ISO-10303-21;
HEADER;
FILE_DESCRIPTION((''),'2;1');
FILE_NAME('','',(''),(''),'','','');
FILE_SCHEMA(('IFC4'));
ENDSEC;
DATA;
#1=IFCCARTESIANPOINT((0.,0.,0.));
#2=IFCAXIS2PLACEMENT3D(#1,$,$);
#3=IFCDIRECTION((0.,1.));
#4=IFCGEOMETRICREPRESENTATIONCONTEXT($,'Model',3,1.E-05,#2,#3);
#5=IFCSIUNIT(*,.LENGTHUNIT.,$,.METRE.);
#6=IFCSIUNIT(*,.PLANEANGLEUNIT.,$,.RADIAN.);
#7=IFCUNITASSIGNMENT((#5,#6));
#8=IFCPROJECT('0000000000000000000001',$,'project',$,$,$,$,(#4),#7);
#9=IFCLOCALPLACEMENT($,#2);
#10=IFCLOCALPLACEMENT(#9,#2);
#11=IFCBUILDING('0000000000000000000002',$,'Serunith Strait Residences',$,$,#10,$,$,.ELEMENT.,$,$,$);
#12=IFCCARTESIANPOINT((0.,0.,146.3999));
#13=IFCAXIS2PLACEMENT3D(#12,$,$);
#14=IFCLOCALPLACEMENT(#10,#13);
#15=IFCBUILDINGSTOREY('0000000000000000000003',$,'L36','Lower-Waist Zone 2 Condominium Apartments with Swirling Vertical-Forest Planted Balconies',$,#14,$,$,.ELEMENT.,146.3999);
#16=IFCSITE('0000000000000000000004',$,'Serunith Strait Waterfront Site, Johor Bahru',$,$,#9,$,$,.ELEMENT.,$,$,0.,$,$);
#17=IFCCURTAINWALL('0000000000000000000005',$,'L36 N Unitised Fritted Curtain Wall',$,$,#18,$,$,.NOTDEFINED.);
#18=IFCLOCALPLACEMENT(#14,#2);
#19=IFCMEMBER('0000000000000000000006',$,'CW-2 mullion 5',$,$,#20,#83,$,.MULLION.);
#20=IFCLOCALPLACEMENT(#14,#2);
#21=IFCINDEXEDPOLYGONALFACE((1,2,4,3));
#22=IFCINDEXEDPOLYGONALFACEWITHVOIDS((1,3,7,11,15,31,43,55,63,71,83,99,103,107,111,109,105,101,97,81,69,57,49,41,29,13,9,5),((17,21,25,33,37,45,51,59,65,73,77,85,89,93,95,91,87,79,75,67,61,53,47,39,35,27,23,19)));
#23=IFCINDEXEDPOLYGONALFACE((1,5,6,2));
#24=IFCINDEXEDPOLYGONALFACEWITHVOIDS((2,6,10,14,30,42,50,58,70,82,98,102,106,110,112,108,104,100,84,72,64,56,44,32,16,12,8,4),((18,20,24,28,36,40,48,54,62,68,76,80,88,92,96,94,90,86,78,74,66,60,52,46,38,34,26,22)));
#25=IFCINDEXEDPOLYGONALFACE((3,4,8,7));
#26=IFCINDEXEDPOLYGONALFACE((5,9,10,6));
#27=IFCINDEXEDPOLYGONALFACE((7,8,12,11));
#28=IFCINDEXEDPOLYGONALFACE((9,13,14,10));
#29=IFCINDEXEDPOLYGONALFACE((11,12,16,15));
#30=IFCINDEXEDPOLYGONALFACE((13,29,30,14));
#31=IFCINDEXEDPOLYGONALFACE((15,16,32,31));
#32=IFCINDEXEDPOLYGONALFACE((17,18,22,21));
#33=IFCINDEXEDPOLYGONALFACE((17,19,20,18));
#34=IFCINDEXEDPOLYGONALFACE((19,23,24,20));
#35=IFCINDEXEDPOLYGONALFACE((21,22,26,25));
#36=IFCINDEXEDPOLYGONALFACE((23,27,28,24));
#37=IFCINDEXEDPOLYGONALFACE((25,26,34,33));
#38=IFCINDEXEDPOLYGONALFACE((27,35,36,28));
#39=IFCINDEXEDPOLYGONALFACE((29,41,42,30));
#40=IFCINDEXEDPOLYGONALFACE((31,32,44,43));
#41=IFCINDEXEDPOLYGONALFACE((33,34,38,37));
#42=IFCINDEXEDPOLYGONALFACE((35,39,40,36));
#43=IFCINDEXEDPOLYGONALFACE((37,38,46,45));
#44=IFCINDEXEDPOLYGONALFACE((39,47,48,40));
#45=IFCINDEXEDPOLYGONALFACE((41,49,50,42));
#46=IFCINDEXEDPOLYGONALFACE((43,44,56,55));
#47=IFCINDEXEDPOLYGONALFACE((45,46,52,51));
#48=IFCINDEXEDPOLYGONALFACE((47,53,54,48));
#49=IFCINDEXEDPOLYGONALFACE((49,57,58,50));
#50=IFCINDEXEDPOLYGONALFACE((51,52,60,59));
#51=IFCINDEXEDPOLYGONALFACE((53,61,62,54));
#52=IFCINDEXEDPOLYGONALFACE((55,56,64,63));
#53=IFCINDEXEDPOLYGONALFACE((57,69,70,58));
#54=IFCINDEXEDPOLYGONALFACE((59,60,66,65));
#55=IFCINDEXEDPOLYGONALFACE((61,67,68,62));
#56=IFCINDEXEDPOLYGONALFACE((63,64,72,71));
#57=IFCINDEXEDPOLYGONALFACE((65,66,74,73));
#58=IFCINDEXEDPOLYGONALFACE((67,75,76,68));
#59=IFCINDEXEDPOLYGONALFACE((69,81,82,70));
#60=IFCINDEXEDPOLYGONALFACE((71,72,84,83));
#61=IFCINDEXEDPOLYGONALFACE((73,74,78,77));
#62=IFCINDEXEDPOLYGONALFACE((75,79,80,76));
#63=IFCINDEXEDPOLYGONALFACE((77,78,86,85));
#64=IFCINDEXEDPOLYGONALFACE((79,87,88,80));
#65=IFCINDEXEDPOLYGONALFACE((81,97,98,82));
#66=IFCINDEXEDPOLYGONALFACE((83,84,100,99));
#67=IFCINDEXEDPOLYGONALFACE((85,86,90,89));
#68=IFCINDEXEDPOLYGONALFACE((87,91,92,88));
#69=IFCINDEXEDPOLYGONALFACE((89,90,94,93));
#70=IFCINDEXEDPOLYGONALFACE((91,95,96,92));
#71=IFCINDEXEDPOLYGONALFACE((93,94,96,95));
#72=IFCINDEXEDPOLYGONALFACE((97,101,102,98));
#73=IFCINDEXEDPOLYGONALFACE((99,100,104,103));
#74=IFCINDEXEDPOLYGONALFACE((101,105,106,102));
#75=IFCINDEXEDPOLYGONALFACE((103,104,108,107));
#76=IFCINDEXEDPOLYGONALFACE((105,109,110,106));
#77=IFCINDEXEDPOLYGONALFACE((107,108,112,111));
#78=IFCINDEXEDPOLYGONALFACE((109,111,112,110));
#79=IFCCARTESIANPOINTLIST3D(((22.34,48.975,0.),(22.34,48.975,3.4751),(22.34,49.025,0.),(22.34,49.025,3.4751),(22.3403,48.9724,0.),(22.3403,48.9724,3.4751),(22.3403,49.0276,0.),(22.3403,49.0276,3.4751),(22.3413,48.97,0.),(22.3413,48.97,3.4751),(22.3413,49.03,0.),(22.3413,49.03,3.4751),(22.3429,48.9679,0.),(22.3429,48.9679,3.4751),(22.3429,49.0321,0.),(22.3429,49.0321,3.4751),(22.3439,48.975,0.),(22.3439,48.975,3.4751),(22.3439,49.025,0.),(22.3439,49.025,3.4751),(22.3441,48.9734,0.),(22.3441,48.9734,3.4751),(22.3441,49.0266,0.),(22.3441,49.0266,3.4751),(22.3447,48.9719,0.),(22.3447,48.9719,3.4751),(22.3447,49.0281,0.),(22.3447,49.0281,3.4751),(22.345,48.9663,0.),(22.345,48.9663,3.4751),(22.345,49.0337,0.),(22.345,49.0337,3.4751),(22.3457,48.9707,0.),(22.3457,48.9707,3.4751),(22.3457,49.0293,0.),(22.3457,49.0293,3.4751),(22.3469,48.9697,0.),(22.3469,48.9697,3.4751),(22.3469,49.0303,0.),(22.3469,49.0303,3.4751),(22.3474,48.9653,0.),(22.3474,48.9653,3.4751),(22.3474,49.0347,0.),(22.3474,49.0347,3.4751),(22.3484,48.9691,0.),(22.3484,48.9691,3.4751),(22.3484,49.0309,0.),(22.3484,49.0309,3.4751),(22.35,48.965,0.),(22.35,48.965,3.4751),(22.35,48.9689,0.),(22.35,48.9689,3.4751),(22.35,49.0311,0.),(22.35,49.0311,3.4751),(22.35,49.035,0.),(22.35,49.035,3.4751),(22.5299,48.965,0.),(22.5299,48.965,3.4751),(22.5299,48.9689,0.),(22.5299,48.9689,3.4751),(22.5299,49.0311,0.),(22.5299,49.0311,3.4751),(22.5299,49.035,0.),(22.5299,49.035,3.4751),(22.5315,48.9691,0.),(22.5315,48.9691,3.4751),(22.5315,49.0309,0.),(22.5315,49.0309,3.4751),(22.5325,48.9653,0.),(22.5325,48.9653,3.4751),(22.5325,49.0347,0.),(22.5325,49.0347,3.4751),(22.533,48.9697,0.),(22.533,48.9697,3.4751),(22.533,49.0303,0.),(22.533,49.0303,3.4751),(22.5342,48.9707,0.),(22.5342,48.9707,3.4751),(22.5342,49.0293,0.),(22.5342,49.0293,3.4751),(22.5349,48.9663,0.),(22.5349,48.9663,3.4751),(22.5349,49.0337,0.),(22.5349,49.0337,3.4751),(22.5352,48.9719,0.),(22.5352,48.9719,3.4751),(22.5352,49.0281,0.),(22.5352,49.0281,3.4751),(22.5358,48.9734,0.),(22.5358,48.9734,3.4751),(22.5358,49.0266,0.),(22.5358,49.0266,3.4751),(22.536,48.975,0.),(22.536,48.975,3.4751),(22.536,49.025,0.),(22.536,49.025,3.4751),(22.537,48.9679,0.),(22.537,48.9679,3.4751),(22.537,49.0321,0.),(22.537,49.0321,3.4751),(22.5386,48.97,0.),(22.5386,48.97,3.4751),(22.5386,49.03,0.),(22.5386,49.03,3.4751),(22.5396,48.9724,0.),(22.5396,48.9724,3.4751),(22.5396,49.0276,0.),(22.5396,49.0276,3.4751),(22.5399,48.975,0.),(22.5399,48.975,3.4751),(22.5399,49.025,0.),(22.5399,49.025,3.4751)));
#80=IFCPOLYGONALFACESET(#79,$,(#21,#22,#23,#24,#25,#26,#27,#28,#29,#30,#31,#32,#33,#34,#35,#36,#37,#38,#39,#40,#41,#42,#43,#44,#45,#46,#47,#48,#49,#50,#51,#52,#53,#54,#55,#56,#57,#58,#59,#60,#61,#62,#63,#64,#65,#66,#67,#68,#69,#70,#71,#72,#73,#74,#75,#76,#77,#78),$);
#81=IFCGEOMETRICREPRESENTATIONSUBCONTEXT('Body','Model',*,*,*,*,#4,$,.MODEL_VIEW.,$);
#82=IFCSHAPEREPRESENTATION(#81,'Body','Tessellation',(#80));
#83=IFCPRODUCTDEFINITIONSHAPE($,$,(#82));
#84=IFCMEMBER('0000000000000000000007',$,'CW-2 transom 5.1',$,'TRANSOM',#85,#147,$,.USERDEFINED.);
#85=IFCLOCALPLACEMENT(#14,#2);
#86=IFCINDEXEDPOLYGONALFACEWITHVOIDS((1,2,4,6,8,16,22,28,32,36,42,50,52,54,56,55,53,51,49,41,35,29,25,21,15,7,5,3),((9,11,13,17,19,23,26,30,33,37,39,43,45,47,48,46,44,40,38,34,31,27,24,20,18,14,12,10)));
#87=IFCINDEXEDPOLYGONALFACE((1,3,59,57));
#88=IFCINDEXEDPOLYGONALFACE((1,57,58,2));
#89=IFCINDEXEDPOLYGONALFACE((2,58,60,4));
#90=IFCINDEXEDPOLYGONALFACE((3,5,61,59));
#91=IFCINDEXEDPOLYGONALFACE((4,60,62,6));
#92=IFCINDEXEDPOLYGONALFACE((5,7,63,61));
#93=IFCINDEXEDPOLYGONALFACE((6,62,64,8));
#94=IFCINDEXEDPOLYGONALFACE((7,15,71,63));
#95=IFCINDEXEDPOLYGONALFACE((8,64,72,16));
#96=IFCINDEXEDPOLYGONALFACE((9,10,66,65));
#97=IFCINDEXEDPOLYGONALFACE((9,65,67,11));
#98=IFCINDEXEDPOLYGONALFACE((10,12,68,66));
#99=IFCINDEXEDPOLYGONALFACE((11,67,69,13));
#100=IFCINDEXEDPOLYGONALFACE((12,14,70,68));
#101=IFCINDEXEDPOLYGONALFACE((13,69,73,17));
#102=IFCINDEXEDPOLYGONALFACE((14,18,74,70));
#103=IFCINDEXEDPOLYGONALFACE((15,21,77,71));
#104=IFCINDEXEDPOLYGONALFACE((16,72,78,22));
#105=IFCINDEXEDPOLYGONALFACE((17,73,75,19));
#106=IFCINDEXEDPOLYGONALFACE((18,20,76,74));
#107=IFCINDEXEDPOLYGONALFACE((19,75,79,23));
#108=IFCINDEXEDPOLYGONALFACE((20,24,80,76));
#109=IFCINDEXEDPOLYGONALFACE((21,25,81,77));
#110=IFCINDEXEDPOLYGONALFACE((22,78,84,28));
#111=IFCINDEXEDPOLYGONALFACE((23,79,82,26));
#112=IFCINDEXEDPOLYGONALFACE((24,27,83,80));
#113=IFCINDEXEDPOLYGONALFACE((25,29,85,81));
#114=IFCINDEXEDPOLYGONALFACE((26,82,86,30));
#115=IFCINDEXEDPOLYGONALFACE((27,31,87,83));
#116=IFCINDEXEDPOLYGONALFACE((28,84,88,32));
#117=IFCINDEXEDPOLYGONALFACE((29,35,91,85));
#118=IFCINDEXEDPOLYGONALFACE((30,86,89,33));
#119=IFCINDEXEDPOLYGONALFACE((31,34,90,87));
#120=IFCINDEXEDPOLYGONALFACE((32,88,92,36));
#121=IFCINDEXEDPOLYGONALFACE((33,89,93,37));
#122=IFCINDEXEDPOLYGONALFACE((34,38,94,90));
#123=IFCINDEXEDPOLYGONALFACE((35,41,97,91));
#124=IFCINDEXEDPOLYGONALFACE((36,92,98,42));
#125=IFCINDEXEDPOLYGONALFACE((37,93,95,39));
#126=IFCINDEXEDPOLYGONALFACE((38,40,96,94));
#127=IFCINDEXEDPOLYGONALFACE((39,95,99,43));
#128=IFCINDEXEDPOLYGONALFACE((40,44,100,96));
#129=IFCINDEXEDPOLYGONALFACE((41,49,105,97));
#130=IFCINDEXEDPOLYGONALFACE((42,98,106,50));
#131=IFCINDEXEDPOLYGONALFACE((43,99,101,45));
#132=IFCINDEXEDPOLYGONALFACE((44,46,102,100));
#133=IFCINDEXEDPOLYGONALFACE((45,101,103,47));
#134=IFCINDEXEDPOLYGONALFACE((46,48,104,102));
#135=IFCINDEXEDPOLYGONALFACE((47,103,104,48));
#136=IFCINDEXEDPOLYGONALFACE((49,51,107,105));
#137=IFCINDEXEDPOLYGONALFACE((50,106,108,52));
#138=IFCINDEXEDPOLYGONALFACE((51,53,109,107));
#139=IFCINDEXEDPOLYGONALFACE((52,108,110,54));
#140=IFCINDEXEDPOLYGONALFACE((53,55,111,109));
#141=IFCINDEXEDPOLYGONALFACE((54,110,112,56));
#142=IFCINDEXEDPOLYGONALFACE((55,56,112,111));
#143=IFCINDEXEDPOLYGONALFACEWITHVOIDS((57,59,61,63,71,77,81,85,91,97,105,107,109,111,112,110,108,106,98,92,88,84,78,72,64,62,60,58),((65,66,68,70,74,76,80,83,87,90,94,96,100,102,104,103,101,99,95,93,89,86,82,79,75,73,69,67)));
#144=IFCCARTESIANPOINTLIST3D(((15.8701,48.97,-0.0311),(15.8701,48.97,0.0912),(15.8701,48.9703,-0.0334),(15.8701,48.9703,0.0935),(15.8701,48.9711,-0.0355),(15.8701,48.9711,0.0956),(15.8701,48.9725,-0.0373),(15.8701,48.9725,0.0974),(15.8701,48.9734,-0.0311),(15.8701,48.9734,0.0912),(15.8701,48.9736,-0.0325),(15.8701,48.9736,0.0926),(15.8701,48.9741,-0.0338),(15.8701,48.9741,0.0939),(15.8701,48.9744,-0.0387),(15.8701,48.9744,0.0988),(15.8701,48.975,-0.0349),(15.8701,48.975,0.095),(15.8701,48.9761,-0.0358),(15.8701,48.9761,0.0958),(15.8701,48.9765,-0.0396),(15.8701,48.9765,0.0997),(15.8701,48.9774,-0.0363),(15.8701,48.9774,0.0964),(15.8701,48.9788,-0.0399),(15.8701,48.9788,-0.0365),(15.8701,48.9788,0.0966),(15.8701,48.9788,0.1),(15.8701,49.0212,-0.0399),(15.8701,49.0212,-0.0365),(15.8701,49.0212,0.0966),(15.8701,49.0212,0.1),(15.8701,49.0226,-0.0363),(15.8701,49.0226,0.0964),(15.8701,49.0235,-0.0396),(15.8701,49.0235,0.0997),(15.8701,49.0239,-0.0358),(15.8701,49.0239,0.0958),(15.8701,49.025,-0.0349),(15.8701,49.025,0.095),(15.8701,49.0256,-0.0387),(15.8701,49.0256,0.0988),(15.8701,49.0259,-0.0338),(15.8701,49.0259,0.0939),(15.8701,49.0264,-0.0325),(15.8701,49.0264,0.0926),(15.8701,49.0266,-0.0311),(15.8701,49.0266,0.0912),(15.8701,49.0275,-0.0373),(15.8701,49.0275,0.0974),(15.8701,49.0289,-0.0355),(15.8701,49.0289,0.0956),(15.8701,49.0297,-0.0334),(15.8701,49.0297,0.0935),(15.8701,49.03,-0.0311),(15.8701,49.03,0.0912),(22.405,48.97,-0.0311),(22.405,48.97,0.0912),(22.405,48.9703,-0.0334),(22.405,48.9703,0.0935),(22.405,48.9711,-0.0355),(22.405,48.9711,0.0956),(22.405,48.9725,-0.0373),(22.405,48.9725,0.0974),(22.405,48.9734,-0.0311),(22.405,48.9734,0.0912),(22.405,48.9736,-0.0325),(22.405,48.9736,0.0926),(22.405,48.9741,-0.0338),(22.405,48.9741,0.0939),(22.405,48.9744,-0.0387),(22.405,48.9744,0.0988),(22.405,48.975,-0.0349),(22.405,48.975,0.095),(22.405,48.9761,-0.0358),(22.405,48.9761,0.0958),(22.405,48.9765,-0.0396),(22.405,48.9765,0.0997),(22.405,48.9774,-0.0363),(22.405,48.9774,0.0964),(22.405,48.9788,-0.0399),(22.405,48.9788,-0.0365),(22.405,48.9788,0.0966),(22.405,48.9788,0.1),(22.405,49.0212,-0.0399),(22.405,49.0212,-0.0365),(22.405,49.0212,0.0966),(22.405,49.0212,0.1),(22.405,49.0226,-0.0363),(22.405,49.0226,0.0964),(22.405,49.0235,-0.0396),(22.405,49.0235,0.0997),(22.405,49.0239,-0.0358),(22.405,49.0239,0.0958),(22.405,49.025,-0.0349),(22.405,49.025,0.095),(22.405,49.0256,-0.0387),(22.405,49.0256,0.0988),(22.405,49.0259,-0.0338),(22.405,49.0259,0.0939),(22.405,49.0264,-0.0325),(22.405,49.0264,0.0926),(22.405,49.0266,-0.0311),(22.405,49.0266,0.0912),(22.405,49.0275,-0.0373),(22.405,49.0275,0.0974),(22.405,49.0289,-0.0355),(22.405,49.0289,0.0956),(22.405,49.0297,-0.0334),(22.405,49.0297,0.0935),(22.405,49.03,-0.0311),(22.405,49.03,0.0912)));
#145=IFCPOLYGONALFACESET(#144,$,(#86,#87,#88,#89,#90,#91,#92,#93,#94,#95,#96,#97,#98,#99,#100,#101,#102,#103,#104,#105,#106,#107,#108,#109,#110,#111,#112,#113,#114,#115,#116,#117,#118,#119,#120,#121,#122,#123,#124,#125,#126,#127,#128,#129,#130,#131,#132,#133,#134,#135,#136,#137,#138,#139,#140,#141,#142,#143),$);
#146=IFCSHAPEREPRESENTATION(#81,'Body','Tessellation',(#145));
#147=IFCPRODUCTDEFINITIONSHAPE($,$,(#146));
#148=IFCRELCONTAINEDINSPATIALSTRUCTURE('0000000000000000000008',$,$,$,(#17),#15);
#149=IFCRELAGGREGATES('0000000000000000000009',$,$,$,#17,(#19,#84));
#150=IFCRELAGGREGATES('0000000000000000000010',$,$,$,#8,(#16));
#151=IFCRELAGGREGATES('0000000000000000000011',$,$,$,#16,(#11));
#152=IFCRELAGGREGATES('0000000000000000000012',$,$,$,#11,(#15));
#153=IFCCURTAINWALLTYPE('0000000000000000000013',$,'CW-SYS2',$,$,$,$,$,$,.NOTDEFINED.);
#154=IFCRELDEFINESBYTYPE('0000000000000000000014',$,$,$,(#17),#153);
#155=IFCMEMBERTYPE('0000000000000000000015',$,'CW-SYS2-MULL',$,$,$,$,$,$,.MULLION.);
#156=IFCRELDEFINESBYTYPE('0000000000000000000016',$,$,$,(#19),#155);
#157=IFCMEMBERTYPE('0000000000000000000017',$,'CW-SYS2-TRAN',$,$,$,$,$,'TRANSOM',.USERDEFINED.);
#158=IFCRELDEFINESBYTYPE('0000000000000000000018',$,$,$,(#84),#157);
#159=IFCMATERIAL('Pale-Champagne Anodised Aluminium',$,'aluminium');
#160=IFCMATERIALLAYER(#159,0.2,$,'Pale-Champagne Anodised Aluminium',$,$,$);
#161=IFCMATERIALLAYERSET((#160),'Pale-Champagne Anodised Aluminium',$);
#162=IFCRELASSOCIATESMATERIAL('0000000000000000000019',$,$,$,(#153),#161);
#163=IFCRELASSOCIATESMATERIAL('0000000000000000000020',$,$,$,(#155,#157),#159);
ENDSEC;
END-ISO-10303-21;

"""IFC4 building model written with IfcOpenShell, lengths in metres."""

from ifc_helpers import new_model, si_unit, direction, frame, origin, origin_2d, place, context, subcontext, project, spatial, hollow_rectangle, extrude, source, transform, mapped, material, layer, layer_set, material_profile, profile_set, type_object, element, aggregate, save


model = new_model("IFC4")

# Units and contexts
model_context = context("Model", 3, precision=1e-05, world=origin(), true_north=direction((0.0, 1.0)))
body_context = subcontext(model_context, "Body", "Model", "MODEL_VIEW")
ifc_project = project(units=[si_unit("LENGTHUNIT", "METRE"), si_unit("PLANEANGLEUNIT", "RADIAN")], contexts=[model_context])

# Site, building, storey
site_placement = place(None, origin())
site = spatial("IfcSite", under=ifc_project, at=site_placement, Name="Serunith Strait Waterfront Site, Johor Bahru", CompositionType="ELEMENT", RefElevation=0.0)
building_placement = place(site_placement, origin())
building = spatial("IfcBuilding", under=site, at=building_placement, Name="Serunith Strait Residences", CompositionType="ELEMENT")
storey_placement = place(building_placement, frame((0.0, 0.0, 146.3999)))
storey = spatial("IfcBuildingStorey", under=building, at=storey_placement, Name="L36", Description="Lower-Waist Zone 2 Condominium Apartments with Swirling Vertical-Forest Planted Balconies", CompositionType="ELEMENT", Elevation=146.3999)

# Curtain wall, members
ifc_material_1 = material(Name="Pale-Champagne Anodised Aluminium", Category="aluminium")
ifc_layer_1 = layer(ifc_material_1, 0.2, Name="Pale-Champagne Anodised Aluminium")
ifc_layer_set_1 = layer_set([ifc_layer_1], Name="Pale-Champagne Anodised Aluminium")
curtain_wall_type = type_object("IfcCurtainWallType", Name="CW-SYS2", PredefinedType="NOTDEFINED", material=ifc_layer_set_1)
curtain_wall_placement = place(storey_placement, origin())
curtain_wall = element("IfcCurtainWall", 1, at=curtain_wall_placement, inside=storey, type_object=curtain_wall_type, Name="L36 N Unitised Fritted Curtain Wall", PredefinedType="NOTDEFINED")
ifc_material_profile_1 = material_profile(ifc_material_1, hollow_rectangle(XDim=0.0701, YDim=0.2, WallThickness=0.0039, InnerFilletRadius=0.0061, OuterFilletRadius=0.01, at=origin_2d()), Name="ALU 200x70x4")
ifc_profile_set_1 = profile_set([ifc_material_profile_1], Name="Pale-Champagne Anodised Aluminium")
member_type_1 = type_object("IfcMemberType", Name="CW-SYS2-MULL", PredefinedType="MULLION", material=ifc_profile_set_1)
shared_shape_1 = source(origin(), body_context, "Body", "SweptSolid", [
    extrude(hollow_rectangle(XDim=0.0701, YDim=0.2, WallThickness=0.0039, InnerFilletRadius=0.0061, OuterFilletRadius=0.01, at=origin_2d()), origin(), (0.0, 0.0, 1.0), 3.4751),
])
member_1_placement = place(storey_placement, frame((22.4399, 49.0, 0.0), z_axis=(0.0, 0.0, 1.0), x_axis=(0.0, -1.0, 0.0)))
member_1 = element("IfcMember", 2, at=member_1_placement, type_object=member_type_1, Name="CW-2 mullion 5", PredefinedType="MULLION", context=body_context, shape_type="MappedRepresentation", body=[
    mapped(shared_shape_1, transform((0.0, 0.0, 0.0), scale=1.0)),
])
ifc_material_profile_2 = material_profile(ifc_material_1, hollow_rectangle(XDim=0.0601, YDim=0.1399, WallThickness=0.0034, InnerFilletRadius=0.0054, OuterFilletRadius=0.0088, at=origin_2d()), Name="ALU 140x60x3.5")
ifc_profile_set_2 = profile_set([ifc_material_profile_2], Name="Pale-Champagne Anodised Aluminium")
member_type_2 = type_object("IfcMemberType", Name="CW-SYS2-TRAN", ElementType="TRANSOM", PredefinedType="USERDEFINED", material=ifc_profile_set_2)
shared_shape_2 = source(origin(), body_context, "Body", "SweptSolid", [
    extrude(hollow_rectangle(XDim=0.0601, YDim=0.1399, WallThickness=0.0034, InnerFilletRadius=0.0054, OuterFilletRadius=0.0088, at=origin_2d()), origin(), (0.0, 0.0, 1.0), 6.5349),
])
member_2_placement = place(storey_placement, frame((22.405, 49.0, 0.03), z_axis=(-1.0, 0.0, 0.0), x_axis=(0.0, -1.0, 0.0)))
member_2 = element("IfcMember", 3, at=member_2_placement, type_object=member_type_2, Name="CW-2 transom 5.1", ObjectType="TRANSOM", PredefinedType="USERDEFINED", context=body_context, shape_type="MappedRepresentation", body=[
    mapped(shared_shape_2, transform((0.0, 0.0, 0.0), scale=1.0)),
])
aggregate(curtain_wall, [member_1, member_2])

save(model, "model.ifc")
